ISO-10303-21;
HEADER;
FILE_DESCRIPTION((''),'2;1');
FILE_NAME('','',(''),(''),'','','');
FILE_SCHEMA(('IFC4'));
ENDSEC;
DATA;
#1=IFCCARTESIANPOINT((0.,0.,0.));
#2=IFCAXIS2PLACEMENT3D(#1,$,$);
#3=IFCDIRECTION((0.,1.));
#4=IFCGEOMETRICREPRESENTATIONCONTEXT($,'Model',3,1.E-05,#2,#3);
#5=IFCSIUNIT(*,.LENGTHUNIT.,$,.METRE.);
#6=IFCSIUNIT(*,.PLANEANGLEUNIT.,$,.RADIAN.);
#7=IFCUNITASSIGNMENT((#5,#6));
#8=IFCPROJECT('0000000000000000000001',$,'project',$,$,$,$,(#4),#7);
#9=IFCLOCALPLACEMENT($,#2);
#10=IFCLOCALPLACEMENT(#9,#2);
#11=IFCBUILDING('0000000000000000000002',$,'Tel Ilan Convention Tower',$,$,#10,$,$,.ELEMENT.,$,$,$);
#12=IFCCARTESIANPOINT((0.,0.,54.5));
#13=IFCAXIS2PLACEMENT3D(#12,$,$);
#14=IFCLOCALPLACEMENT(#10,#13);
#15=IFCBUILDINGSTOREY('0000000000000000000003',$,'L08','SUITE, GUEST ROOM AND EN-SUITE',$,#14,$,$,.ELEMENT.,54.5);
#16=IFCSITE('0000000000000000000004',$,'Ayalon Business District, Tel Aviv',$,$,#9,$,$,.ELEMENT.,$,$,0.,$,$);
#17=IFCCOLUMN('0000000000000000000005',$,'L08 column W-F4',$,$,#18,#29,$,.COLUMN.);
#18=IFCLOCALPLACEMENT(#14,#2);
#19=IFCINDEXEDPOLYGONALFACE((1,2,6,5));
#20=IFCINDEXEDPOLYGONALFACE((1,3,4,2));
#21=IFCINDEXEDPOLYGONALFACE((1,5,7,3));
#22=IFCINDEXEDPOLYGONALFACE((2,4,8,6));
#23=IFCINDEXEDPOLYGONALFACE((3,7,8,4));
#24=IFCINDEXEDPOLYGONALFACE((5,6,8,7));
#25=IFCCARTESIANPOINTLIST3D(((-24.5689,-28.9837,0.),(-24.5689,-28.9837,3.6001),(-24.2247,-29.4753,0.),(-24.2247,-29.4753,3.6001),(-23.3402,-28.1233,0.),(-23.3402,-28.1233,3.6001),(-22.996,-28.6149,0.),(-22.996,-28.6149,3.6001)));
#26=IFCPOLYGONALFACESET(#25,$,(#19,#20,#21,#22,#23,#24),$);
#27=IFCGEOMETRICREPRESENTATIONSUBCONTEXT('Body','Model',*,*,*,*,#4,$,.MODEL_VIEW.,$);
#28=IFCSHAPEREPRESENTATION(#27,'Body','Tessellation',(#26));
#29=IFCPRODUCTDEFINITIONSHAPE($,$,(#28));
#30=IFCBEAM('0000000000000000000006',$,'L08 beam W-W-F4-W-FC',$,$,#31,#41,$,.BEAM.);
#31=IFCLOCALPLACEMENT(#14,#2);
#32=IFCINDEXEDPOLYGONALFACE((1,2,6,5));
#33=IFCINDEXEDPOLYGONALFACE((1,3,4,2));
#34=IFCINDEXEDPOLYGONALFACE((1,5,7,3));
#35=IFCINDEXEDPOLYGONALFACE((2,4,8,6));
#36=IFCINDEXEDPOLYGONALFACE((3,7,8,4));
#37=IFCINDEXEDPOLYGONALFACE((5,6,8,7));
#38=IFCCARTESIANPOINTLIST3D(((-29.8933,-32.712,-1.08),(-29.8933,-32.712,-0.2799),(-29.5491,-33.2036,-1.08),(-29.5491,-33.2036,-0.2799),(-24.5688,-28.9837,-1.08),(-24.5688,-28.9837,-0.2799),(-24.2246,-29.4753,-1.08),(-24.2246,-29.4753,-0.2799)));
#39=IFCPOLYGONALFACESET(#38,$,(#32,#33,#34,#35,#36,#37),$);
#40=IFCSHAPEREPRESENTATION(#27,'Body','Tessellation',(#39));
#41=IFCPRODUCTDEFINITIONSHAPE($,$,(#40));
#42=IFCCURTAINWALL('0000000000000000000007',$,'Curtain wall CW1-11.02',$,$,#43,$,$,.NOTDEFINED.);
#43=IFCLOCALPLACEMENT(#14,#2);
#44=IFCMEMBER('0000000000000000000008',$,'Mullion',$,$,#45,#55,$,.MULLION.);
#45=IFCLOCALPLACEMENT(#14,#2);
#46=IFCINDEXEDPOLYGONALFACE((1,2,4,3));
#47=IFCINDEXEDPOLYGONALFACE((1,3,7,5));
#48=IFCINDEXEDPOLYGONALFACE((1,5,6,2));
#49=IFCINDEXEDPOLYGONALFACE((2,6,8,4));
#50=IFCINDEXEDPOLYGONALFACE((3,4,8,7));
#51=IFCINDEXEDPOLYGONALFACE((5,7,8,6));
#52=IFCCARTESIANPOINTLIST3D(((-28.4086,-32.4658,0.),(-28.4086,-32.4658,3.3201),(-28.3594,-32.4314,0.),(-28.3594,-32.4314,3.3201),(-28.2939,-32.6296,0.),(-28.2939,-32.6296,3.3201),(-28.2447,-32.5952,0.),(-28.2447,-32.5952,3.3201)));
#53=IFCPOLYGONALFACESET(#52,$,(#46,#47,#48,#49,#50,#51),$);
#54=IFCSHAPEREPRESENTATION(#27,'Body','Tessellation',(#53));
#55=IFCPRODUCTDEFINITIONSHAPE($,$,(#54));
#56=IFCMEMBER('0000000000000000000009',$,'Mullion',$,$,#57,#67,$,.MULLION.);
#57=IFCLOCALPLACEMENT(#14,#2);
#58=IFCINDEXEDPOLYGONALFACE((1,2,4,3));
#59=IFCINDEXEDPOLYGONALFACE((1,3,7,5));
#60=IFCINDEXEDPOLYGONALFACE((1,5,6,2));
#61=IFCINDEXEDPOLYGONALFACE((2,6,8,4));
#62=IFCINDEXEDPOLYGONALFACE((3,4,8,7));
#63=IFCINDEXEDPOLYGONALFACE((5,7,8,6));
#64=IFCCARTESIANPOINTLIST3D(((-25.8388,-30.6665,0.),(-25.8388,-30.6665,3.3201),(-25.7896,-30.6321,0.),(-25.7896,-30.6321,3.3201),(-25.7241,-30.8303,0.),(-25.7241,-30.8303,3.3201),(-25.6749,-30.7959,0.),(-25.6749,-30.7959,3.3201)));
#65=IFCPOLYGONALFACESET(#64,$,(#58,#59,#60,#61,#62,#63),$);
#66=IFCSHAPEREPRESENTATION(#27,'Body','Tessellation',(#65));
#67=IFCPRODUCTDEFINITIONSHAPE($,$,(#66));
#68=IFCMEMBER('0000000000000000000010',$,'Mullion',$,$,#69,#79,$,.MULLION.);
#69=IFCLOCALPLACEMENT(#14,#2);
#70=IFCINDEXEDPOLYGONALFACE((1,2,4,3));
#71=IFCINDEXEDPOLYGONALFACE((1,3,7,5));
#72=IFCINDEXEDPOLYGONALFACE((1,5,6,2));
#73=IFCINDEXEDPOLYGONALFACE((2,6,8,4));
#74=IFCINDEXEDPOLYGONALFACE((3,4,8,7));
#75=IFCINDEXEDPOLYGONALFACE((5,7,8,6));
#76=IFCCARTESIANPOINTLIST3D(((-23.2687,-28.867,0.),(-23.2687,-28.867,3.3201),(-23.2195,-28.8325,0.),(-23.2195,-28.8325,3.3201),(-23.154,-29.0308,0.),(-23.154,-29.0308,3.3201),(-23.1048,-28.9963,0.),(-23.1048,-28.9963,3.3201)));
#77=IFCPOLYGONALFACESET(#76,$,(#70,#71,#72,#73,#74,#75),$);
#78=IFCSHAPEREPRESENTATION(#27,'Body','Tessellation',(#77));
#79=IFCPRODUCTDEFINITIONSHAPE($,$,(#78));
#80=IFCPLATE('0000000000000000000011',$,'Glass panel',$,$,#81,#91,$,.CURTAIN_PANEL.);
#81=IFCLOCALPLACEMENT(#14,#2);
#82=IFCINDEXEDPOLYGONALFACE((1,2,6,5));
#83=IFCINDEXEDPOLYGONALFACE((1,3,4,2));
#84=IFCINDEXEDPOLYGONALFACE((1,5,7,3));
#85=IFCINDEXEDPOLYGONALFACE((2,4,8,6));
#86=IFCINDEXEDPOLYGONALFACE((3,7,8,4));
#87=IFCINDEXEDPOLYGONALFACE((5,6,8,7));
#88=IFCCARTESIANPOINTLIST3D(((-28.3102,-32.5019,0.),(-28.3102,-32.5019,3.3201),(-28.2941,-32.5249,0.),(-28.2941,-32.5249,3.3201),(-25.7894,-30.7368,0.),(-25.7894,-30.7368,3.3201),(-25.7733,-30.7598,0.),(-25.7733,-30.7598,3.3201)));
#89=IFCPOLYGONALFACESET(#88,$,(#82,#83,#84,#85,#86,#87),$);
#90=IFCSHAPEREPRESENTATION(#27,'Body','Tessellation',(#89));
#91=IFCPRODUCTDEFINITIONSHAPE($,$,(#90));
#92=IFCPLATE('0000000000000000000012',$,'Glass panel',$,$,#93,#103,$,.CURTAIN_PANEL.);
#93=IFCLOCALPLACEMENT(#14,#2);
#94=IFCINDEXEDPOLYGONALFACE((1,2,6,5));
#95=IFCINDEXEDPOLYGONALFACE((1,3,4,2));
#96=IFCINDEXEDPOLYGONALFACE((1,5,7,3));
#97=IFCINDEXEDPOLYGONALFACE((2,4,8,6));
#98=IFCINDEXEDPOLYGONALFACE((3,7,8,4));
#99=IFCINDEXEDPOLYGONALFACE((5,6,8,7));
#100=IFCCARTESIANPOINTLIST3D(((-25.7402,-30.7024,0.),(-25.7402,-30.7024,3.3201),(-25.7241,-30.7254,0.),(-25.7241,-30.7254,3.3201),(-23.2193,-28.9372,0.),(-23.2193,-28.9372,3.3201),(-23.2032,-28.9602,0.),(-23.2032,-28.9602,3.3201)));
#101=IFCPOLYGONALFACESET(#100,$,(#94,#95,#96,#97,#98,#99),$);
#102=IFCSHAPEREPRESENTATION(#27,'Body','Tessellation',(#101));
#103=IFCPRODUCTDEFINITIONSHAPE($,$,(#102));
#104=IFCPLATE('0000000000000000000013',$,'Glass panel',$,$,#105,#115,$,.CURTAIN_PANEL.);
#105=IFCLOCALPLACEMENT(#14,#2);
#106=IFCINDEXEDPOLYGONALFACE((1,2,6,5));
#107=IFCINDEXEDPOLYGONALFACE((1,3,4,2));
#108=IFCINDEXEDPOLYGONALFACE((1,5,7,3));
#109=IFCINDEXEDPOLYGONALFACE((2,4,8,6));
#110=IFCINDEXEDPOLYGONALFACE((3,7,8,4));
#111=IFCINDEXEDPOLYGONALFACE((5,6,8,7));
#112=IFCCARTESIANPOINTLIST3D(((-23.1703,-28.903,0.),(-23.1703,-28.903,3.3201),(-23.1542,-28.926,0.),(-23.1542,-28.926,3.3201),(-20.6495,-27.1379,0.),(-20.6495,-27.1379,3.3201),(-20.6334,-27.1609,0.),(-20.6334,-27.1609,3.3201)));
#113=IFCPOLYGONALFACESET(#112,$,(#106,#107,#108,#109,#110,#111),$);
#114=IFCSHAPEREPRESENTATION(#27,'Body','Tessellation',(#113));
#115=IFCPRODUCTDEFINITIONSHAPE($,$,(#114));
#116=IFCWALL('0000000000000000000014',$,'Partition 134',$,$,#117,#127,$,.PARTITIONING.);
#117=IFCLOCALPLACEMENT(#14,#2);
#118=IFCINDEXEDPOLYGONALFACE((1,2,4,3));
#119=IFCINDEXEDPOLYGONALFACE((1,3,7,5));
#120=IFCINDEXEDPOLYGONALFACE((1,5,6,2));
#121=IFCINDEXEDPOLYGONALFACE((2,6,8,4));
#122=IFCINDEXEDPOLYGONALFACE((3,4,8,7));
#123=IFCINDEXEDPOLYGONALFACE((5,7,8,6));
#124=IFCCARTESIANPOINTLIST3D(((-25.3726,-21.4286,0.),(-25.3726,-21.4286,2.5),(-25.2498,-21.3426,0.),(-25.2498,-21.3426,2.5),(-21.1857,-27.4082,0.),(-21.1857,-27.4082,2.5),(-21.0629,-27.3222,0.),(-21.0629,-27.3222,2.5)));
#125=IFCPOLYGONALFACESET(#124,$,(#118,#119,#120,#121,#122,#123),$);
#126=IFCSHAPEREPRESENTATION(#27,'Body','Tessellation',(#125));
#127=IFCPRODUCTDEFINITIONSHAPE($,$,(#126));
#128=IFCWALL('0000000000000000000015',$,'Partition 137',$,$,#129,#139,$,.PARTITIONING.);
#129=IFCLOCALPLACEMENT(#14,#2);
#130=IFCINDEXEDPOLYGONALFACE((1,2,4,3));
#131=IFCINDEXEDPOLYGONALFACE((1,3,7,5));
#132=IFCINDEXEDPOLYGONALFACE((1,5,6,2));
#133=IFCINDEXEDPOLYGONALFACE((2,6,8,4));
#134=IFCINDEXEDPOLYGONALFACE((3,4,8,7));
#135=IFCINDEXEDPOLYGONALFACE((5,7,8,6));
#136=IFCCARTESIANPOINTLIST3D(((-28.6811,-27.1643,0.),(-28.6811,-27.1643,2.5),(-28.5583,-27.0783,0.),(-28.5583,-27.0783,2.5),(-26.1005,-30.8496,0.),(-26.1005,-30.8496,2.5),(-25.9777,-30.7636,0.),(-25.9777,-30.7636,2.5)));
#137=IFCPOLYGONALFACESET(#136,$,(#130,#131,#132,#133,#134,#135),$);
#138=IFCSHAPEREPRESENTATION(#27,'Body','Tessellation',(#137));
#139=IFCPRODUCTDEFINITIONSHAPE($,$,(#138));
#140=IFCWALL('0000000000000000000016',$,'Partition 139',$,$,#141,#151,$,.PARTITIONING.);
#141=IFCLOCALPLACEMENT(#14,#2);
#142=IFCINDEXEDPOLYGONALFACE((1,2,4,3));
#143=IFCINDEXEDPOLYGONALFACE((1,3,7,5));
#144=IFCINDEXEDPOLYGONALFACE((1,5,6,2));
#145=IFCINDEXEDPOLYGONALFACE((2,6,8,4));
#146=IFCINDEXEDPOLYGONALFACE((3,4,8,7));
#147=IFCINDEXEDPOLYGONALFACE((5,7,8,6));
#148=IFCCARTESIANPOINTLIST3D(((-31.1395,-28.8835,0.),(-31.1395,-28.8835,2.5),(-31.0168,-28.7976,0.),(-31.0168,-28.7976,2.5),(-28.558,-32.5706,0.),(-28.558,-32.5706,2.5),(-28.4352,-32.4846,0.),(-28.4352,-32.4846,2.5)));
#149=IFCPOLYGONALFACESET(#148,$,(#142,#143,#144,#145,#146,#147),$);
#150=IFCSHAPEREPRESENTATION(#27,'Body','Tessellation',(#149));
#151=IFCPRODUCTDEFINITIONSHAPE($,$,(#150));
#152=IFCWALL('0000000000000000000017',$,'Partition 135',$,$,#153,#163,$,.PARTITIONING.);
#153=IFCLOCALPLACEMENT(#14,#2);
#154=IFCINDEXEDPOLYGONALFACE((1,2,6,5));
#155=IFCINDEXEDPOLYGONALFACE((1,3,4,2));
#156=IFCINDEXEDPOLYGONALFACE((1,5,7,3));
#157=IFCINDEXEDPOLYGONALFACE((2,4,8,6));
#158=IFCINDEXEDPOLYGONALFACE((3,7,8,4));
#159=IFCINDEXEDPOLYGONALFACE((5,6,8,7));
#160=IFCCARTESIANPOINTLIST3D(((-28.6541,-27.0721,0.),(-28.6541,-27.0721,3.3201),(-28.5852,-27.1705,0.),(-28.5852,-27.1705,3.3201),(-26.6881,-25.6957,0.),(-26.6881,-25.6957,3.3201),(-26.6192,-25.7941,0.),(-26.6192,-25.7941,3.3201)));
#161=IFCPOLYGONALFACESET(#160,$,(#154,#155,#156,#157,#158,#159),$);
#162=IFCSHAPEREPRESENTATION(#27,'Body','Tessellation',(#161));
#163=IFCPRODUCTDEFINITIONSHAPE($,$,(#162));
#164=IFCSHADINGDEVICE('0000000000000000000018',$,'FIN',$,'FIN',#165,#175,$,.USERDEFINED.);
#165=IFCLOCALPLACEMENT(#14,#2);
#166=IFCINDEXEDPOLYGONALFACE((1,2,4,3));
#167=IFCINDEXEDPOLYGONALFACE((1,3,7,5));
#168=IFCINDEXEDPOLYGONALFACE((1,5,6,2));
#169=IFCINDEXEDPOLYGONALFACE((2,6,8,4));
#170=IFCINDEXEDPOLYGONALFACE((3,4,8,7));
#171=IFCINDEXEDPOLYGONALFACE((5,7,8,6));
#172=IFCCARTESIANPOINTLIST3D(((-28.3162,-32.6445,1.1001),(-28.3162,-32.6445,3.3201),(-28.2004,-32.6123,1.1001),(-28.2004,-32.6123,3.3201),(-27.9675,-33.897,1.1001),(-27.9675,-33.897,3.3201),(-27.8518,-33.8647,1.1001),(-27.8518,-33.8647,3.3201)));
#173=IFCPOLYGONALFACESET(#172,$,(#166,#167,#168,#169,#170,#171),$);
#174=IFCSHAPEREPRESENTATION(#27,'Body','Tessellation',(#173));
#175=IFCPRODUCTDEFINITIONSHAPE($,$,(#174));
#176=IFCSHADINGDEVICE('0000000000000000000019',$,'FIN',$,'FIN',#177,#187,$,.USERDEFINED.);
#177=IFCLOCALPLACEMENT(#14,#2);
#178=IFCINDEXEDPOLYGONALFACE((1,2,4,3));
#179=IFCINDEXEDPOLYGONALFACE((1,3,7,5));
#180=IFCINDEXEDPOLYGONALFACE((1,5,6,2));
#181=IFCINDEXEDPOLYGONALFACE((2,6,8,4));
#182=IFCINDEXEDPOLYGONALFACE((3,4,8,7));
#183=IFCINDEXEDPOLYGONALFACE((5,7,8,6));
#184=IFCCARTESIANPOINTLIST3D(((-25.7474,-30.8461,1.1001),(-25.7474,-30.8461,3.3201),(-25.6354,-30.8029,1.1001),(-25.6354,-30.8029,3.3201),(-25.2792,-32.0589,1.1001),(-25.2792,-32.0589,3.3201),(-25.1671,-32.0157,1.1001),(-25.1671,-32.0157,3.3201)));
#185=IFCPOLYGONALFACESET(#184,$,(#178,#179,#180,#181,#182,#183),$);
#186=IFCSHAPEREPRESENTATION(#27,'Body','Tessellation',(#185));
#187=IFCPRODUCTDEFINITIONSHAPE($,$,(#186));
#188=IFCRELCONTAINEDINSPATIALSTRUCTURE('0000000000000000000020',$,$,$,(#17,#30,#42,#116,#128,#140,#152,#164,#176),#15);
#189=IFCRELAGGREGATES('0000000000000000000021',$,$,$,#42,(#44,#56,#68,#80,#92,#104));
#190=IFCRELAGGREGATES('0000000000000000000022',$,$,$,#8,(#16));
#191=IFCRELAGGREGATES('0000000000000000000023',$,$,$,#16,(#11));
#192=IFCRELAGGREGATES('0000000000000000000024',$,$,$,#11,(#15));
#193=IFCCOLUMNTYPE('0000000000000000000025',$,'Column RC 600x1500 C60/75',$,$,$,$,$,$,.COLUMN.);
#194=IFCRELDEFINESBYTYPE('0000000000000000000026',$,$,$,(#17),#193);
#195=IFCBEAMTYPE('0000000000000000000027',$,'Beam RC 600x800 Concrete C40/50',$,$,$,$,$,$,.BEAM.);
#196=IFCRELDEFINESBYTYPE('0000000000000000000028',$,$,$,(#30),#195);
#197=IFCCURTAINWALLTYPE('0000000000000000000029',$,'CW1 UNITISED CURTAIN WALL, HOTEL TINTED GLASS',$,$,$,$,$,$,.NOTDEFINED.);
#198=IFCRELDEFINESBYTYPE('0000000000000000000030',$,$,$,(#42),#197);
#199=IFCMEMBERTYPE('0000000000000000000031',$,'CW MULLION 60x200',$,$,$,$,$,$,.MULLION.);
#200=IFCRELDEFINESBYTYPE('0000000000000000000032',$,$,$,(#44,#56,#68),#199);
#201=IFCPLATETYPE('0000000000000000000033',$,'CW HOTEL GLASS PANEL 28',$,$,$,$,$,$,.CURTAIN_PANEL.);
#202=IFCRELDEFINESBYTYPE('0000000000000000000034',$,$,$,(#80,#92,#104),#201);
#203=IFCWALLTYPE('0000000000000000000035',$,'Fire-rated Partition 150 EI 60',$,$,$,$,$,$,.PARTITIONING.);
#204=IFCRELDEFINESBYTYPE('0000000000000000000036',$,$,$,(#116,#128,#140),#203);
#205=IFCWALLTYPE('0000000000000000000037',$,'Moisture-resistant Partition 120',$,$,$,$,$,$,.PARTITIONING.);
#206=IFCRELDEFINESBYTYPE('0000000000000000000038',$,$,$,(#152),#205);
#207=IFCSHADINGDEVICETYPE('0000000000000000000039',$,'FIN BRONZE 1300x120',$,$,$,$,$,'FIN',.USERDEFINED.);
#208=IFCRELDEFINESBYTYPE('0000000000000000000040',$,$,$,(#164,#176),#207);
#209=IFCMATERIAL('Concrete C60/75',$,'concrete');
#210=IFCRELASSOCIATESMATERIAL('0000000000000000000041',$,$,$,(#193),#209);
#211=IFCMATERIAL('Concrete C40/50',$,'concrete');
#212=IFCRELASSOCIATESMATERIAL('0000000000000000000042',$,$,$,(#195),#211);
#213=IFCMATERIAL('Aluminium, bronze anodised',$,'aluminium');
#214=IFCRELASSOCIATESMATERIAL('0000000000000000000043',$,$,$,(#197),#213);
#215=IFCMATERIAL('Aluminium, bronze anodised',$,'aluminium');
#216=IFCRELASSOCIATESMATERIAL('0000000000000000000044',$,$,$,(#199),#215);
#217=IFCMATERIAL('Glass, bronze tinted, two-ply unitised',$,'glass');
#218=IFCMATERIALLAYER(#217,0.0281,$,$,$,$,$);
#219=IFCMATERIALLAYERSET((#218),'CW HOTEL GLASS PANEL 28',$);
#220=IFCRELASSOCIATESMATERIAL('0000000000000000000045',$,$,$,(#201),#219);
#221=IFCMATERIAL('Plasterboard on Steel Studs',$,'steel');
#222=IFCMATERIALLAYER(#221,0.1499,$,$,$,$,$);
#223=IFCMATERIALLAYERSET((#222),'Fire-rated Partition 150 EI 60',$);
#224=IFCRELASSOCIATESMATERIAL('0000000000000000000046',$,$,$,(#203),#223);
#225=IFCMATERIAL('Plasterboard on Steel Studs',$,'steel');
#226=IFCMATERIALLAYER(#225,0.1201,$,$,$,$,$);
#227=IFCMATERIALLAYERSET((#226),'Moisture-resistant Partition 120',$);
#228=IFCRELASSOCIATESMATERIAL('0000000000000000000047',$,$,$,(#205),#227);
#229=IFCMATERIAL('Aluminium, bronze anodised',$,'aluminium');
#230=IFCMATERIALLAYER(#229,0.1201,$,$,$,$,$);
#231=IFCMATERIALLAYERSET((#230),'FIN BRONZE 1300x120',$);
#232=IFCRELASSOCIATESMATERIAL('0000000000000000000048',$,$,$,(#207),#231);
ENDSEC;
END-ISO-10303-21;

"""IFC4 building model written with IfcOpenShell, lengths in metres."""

from ifc_helpers import new_model, si_unit, direction, frame, frame_2d, origin, origin_2d, place, context, subcontext, project, spatial, rectangle, extrude, material, layer, layer_set, material_profile, profile_set, type_object, element, aggregate, save


model = new_model("IFC4")

# Units and contexts
model_context = context("Model", 3, precision=1e-05, world=origin(), true_north=direction((0.0, 1.0)))
body_context = subcontext(model_context, "Body", "Model", "MODEL_VIEW")
ifc_project = project(units=[si_unit("LENGTHUNIT", "METRE"), si_unit("PLANEANGLEUNIT", "RADIAN")], contexts=[model_context])

# Site, building, storey
site_placement = place(None, origin())
site = spatial("IfcSite", under=ifc_project, at=site_placement, Name="Ayalon Business District, Tel Aviv", CompositionType="ELEMENT", RefElevation=0.0)
building_placement = place(site_placement, origin())
building = spatial("IfcBuilding", under=site, at=building_placement, Name="Tel Ilan Convention Tower", CompositionType="ELEMENT")
storey_placement = place(building_placement, frame((0.0, 0.0, 54.5)))
storey = spatial("IfcBuildingStorey", under=building, at=storey_placement, Name="L08", Description="SUITE, GUEST ROOM AND EN-SUITE", CompositionType="ELEMENT", Elevation=54.5)

# Column
ifc_material_1 = material(Name="Concrete C60/75", Category="concrete")
ifc_material_profile_1 = material_profile(ifc_material_1, rectangle(XDim=1.5, YDim=0.6001, at=origin_2d()), Name="RC 600x1500")
ifc_profile_set_1 = profile_set([ifc_material_profile_1], Name="Concrete C60/75")
column_type = type_object("IfcColumnType", Name="Column RC 600x1500 C60/75", PredefinedType="COLUMN", material=ifc_profile_set_1)
column_placement = place(storey_placement, frame((-23.7825, -28.7993, 0.0), z_axis=(0.0, 0.0, 1.0), x_axis=(-0.819152, -0.573576, 0.0)))
element("IfcColumn", 1, at=column_placement, inside=storey, type_object=column_type, Name="L08 column W-F4", PredefinedType="COLUMN", context=body_context, shape_type="SweptSolid", body=[
    extrude(rectangle(XDim=1.5, YDim=0.6001, at=origin_2d()), origin(), (0.0, 0.0, 1.0), 3.6001),
])

# Beam
ifc_material_2 = material(Name="Concrete C40/50", Category="concrete")
ifc_material_profile_2 = material_profile(ifc_material_2, rectangle(XDim=0.6001, YDim=0.8, at=origin_2d()), Name="RC 600x800")
ifc_profile_set_2 = profile_set([ifc_material_profile_2], Name="Concrete C40/50")
beam_type = type_object("IfcBeamType", Name="Beam RC 600x800 Concrete C40/50", PredefinedType="BEAM", material=ifc_profile_set_2)
beam_placement = place(storey_placement, frame((-24.3967, -29.2295, -0.6799), z_axis=(-0.819149, -0.573581, 0.0), x_axis=(0.573581, -0.819149, 0.0)))
element("IfcBeam", 2, at=beam_placement, inside=storey, type_object=beam_type, Name="L08 beam W-W-F4-W-FC", PredefinedType="BEAM", context=body_context, shape_type="SweptSolid", body=[
    extrude(rectangle(XDim=0.6001, YDim=0.8, at=origin_2d()), origin(), (0.0, 0.0, 1.0), 6.5),
])

# Curtain wall, members, plates
ifc_material_3 = material(Name="Aluminium, bronze anodised", Category="aluminium")
curtain_wall_type = type_object("IfcCurtainWallType", Name="CW1 UNITISED CURTAIN WALL, HOTEL TINTED GLASS", PredefinedType="NOTDEFINED", material=ifc_material_3)
curtain_wall_placement = place(storey_placement, origin())
curtain_wall = element("IfcCurtainWall", 3, at=curtain_wall_placement, inside=storey, type_object=curtain_wall_type, Name="Curtain wall CW1-11.02", PredefinedType="NOTDEFINED")
ifc_material_4 = material(Name="Aluminium, bronze anodised", Category="aluminium")
ifc_material_profile_3 = material_profile(ifc_material_4, rectangle(XDim=0.0601, YDim=0.2, at=origin_2d()), Name="CW MULLION 60x200")
ifc_profile_set_3 = profile_set([ifc_material_profile_3], Name="Aluminium, bronze anodised")
member_type = type_object("IfcMemberType", Name="CW MULLION 60x200", PredefinedType="MULLION", material=ifc_profile_set_3)
member_1_placement = place(storey_placement, frame((-28.3267, -32.5305, 0.0), z_axis=(0.0, 0.0, 1.0), x_axis=(0.819152, 0.573576, 0.0)))
member_1 = element("IfcMember", 4, at=member_1_placement, type_object=member_type, Name="Mullion", PredefinedType="MULLION", context=body_context, shape_type="SweptSolid", body=[
    extrude(rectangle(XDim=0.0601, YDim=0.2, at=origin_2d()), origin(), (0.0, 0.0, 1.0), 3.3201),
])
member_2_placement = place(storey_placement, frame((-25.7568, -30.7312, 0.0), z_axis=(0.0, 0.0, 1.0), x_axis=(0.819152, 0.573576, 0.0)))
member_2 = element("IfcMember", 5, at=member_2_placement, type_object=member_type, Name="Mullion", PredefinedType="MULLION", context=body_context, shape_type="SweptSolid", body=[
    extrude(rectangle(XDim=0.0601, YDim=0.2, at=origin_2d()), origin(), (0.0, 0.0, 1.0), 3.3201),
])
member_3_placement = place(storey_placement, frame((-23.1868, -28.9316, 0.0), z_axis=(0.0, 0.0, 1.0), x_axis=(0.819152, 0.573576, 0.0)))
member_3 = element("IfcMember", 6, at=member_3_placement, type_object=member_type, Name="Mullion", PredefinedType="MULLION", context=body_context, shape_type="SweptSolid", body=[
    extrude(rectangle(XDim=0.0601, YDim=0.2, at=origin_2d()), origin(), (0.0, 0.0, 1.0), 3.3201),
])
ifc_material_5 = material(Name="Glass, bronze tinted, two-ply unitised", Category="glass")
ifc_layer_1 = layer(ifc_material_5, 0.0281)
ifc_layer_set_1 = layer_set([ifc_layer_1], Name="CW HOTEL GLASS PANEL 28")
plate_type = type_object("IfcPlateType", Name="CW HOTEL GLASS PANEL 28", PredefinedType="CURTAIN_PANEL", material=ifc_layer_set_1)
plate_1_placement = place(storey_placement, frame((-27.0417, -31.6309, 0.0), z_axis=(0.0, 0.0, 1.0), x_axis=(0.819152, 0.573576, 0.0)))
plate_1 = element("IfcPlate", 7, at=plate_1_placement, type_object=plate_type, Name="Glass panel", PredefinedType="CURTAIN_PANEL", context=body_context, shape_type="SweptSolid", body=[
    extrude(rectangle(XDim=3.0774, YDim=0.0281, at=origin_2d()), origin(), (0.0, 0.0, 1.0), 3.3201),
])
plate_2_placement = place(storey_placement, frame((-24.4717, -29.8313, 0.0), z_axis=(0.0, 0.0, 1.0), x_axis=(0.819152, 0.573576, 0.0)))
plate_2 = element("IfcPlate", 8, at=plate_2_placement, type_object=plate_type, Name="Glass panel", PredefinedType="CURTAIN_PANEL", context=body_context, shape_type="SweptSolid", body=[
    extrude(rectangle(XDim=3.0774, YDim=0.0281, at=origin_2d()), origin(), (0.0, 0.0, 1.0), 3.3201),
])
plate_3_placement = place(storey_placement, frame((-21.9019, -28.032, 0.0), z_axis=(0.0, 0.0, 1.0), x_axis=(0.819152, 0.573576, 0.0)))
plate_3 = element("IfcPlate", 9, at=plate_3_placement, type_object=plate_type, Name="Glass panel", PredefinedType="CURTAIN_PANEL", context=body_context, shape_type="SweptSolid", body=[
    extrude(rectangle(XDim=3.0774, YDim=0.0281, at=origin_2d()), origin(), (0.0, 0.0, 1.0), 3.3201),
])
aggregate(curtain_wall, [member_1, member_2, member_3, plate_1, plate_2, plate_3])

# Walls
ifc_material_6 = material(Name="Plasterboard on Steel Studs", Category="steel")
ifc_layer_2 = layer(ifc_material_6, 0.1499)
ifc_layer_set_2 = layer_set([ifc_layer_2], Name="Fire-rated Partition 150 EI 60")
wall_type_1 = type_object("IfcWallType", Name="Fire-rated Partition 150 EI 60", PredefinedType="PARTITIONING", material=ifc_layer_set_2)
wall_1_placement = place(storey_placement, frame((-21.1243, -27.3652, 0.0), z_axis=(0.0, 0.0, 1.0), x_axis=(-0.573572, 0.819155, 0.0)))
element("IfcWall", 10, at=wall_1_placement, inside=storey, type_object=wall_type_1, Name="Partition 134", PredefinedType="PARTITIONING", context=body_context, shape_type="SweptSolid", body=[
    extrude(rectangle(XDim=7.2998, YDim=0.1499, at=frame_2d((3.6499, 0.0))), origin(), (0.0, 0.0, 1.0), 2.5),
])
wall_2_placement = place(storey_placement, frame((-26.0391, -30.8066, 0.0), z_axis=(0.0, 0.0, 1.0), x_axis=(-0.57359, 0.819143, 0.0)))
element("IfcWall", 11, at=wall_2_placement, inside=storey, type_object=wall_type_1, Name="Partition 137", PredefinedType="PARTITIONING", context=body_context, shape_type="SweptSolid", body=[
    extrude(rectangle(XDim=4.499, YDim=0.1499, at=frame_2d((2.2495, 0.0))), origin(), (0.0, 0.0, 1.0), 2.5),
])
wall_3_placement = place(storey_placement, frame((-28.4966, -32.5276, 0.0), z_axis=(0.0, 0.0, 1.0), x_axis=(-0.573557, 0.819166, 0.0)))
element("IfcWall", 12, at=wall_3_placement, inside=storey, type_object=wall_type_1, Name="Partition 139", PredefinedType="PARTITIONING", context=body_context, shape_type="SweptSolid", body=[
    extrude(rectangle(XDim=4.501, YDim=0.1499, at=frame_2d((2.2505, 0.0))), origin(), (0.0, 0.0, 1.0), 2.5),
])
ifc_material_7 = material(Name="Plasterboard on Steel Studs", Category="steel")
ifc_layer_3 = layer(ifc_material_7, 0.1201)
ifc_layer_set_3 = layer_set([ifc_layer_3], Name="Moisture-resistant Partition 120")
wall_type_2 = type_object("IfcWallType", Name="Moisture-resistant Partition 120", PredefinedType="PARTITIONING", material=ifc_layer_set_3)
wall_4_placement = place(storey_placement, frame((-28.6196, -27.1213, 0.0), z_axis=(0.0, 0.0, 1.0), x_axis=(0.819189, 0.573524, 0.0)))
element("IfcWall", 13, at=wall_4_placement, inside=storey, type_object=wall_type_2, Name="Partition 135", PredefinedType="PARTITIONING", context=body_context, shape_type="SweptSolid", body=[
    extrude(rectangle(XDim=2.3999, YDim=0.1201, at=frame_2d((1.2, 0.0))), origin(), (0.0, 0.0, 1.0), 3.3201),
])

# Shading devices
ifc_material_8 = material(Name="Aluminium, bronze anodised", Category="aluminium")
ifc_layer_4 = layer(ifc_material_8, 0.1201)
ifc_layer_set_4 = layer_set([ifc_layer_4], Name="FIN BRONZE 1300x120")
shading_device_type = type_object("IfcShadingDeviceType", Name="FIN BRONZE 1300x120", ElementType="FIN", PredefinedType="USERDEFINED", material=ifc_layer_set_4)
for number, where, z_axis, x_axis, name in (
    (14, (-28.084, -33.2546, 1.1001), (0.0, 0.0, 1.0), (0.268173, -0.963371, 0.0), "FIN"),
    (15, (-25.4573, -31.4309, 1.1001), (0.0, 0.0, 1.0), (0.360178, -0.932884, 0.0), "FIN"),
):
    element("IfcShadingDevice", number, at=place(storey_placement, frame(where, z_axis=z_axis, x_axis=x_axis)), inside=storey, type_object=shading_device_type, Name=name, ObjectType="FIN", PredefinedType="USERDEFINED", context=body_context, shape_type="SweptSolid", body=[
        extrude(rectangle(XDim=1.3, YDim=0.1201, at=origin_2d()), origin(), (0.0, 0.0, 1.0), 2.22),
    ])

save(model, "model.ifc")
